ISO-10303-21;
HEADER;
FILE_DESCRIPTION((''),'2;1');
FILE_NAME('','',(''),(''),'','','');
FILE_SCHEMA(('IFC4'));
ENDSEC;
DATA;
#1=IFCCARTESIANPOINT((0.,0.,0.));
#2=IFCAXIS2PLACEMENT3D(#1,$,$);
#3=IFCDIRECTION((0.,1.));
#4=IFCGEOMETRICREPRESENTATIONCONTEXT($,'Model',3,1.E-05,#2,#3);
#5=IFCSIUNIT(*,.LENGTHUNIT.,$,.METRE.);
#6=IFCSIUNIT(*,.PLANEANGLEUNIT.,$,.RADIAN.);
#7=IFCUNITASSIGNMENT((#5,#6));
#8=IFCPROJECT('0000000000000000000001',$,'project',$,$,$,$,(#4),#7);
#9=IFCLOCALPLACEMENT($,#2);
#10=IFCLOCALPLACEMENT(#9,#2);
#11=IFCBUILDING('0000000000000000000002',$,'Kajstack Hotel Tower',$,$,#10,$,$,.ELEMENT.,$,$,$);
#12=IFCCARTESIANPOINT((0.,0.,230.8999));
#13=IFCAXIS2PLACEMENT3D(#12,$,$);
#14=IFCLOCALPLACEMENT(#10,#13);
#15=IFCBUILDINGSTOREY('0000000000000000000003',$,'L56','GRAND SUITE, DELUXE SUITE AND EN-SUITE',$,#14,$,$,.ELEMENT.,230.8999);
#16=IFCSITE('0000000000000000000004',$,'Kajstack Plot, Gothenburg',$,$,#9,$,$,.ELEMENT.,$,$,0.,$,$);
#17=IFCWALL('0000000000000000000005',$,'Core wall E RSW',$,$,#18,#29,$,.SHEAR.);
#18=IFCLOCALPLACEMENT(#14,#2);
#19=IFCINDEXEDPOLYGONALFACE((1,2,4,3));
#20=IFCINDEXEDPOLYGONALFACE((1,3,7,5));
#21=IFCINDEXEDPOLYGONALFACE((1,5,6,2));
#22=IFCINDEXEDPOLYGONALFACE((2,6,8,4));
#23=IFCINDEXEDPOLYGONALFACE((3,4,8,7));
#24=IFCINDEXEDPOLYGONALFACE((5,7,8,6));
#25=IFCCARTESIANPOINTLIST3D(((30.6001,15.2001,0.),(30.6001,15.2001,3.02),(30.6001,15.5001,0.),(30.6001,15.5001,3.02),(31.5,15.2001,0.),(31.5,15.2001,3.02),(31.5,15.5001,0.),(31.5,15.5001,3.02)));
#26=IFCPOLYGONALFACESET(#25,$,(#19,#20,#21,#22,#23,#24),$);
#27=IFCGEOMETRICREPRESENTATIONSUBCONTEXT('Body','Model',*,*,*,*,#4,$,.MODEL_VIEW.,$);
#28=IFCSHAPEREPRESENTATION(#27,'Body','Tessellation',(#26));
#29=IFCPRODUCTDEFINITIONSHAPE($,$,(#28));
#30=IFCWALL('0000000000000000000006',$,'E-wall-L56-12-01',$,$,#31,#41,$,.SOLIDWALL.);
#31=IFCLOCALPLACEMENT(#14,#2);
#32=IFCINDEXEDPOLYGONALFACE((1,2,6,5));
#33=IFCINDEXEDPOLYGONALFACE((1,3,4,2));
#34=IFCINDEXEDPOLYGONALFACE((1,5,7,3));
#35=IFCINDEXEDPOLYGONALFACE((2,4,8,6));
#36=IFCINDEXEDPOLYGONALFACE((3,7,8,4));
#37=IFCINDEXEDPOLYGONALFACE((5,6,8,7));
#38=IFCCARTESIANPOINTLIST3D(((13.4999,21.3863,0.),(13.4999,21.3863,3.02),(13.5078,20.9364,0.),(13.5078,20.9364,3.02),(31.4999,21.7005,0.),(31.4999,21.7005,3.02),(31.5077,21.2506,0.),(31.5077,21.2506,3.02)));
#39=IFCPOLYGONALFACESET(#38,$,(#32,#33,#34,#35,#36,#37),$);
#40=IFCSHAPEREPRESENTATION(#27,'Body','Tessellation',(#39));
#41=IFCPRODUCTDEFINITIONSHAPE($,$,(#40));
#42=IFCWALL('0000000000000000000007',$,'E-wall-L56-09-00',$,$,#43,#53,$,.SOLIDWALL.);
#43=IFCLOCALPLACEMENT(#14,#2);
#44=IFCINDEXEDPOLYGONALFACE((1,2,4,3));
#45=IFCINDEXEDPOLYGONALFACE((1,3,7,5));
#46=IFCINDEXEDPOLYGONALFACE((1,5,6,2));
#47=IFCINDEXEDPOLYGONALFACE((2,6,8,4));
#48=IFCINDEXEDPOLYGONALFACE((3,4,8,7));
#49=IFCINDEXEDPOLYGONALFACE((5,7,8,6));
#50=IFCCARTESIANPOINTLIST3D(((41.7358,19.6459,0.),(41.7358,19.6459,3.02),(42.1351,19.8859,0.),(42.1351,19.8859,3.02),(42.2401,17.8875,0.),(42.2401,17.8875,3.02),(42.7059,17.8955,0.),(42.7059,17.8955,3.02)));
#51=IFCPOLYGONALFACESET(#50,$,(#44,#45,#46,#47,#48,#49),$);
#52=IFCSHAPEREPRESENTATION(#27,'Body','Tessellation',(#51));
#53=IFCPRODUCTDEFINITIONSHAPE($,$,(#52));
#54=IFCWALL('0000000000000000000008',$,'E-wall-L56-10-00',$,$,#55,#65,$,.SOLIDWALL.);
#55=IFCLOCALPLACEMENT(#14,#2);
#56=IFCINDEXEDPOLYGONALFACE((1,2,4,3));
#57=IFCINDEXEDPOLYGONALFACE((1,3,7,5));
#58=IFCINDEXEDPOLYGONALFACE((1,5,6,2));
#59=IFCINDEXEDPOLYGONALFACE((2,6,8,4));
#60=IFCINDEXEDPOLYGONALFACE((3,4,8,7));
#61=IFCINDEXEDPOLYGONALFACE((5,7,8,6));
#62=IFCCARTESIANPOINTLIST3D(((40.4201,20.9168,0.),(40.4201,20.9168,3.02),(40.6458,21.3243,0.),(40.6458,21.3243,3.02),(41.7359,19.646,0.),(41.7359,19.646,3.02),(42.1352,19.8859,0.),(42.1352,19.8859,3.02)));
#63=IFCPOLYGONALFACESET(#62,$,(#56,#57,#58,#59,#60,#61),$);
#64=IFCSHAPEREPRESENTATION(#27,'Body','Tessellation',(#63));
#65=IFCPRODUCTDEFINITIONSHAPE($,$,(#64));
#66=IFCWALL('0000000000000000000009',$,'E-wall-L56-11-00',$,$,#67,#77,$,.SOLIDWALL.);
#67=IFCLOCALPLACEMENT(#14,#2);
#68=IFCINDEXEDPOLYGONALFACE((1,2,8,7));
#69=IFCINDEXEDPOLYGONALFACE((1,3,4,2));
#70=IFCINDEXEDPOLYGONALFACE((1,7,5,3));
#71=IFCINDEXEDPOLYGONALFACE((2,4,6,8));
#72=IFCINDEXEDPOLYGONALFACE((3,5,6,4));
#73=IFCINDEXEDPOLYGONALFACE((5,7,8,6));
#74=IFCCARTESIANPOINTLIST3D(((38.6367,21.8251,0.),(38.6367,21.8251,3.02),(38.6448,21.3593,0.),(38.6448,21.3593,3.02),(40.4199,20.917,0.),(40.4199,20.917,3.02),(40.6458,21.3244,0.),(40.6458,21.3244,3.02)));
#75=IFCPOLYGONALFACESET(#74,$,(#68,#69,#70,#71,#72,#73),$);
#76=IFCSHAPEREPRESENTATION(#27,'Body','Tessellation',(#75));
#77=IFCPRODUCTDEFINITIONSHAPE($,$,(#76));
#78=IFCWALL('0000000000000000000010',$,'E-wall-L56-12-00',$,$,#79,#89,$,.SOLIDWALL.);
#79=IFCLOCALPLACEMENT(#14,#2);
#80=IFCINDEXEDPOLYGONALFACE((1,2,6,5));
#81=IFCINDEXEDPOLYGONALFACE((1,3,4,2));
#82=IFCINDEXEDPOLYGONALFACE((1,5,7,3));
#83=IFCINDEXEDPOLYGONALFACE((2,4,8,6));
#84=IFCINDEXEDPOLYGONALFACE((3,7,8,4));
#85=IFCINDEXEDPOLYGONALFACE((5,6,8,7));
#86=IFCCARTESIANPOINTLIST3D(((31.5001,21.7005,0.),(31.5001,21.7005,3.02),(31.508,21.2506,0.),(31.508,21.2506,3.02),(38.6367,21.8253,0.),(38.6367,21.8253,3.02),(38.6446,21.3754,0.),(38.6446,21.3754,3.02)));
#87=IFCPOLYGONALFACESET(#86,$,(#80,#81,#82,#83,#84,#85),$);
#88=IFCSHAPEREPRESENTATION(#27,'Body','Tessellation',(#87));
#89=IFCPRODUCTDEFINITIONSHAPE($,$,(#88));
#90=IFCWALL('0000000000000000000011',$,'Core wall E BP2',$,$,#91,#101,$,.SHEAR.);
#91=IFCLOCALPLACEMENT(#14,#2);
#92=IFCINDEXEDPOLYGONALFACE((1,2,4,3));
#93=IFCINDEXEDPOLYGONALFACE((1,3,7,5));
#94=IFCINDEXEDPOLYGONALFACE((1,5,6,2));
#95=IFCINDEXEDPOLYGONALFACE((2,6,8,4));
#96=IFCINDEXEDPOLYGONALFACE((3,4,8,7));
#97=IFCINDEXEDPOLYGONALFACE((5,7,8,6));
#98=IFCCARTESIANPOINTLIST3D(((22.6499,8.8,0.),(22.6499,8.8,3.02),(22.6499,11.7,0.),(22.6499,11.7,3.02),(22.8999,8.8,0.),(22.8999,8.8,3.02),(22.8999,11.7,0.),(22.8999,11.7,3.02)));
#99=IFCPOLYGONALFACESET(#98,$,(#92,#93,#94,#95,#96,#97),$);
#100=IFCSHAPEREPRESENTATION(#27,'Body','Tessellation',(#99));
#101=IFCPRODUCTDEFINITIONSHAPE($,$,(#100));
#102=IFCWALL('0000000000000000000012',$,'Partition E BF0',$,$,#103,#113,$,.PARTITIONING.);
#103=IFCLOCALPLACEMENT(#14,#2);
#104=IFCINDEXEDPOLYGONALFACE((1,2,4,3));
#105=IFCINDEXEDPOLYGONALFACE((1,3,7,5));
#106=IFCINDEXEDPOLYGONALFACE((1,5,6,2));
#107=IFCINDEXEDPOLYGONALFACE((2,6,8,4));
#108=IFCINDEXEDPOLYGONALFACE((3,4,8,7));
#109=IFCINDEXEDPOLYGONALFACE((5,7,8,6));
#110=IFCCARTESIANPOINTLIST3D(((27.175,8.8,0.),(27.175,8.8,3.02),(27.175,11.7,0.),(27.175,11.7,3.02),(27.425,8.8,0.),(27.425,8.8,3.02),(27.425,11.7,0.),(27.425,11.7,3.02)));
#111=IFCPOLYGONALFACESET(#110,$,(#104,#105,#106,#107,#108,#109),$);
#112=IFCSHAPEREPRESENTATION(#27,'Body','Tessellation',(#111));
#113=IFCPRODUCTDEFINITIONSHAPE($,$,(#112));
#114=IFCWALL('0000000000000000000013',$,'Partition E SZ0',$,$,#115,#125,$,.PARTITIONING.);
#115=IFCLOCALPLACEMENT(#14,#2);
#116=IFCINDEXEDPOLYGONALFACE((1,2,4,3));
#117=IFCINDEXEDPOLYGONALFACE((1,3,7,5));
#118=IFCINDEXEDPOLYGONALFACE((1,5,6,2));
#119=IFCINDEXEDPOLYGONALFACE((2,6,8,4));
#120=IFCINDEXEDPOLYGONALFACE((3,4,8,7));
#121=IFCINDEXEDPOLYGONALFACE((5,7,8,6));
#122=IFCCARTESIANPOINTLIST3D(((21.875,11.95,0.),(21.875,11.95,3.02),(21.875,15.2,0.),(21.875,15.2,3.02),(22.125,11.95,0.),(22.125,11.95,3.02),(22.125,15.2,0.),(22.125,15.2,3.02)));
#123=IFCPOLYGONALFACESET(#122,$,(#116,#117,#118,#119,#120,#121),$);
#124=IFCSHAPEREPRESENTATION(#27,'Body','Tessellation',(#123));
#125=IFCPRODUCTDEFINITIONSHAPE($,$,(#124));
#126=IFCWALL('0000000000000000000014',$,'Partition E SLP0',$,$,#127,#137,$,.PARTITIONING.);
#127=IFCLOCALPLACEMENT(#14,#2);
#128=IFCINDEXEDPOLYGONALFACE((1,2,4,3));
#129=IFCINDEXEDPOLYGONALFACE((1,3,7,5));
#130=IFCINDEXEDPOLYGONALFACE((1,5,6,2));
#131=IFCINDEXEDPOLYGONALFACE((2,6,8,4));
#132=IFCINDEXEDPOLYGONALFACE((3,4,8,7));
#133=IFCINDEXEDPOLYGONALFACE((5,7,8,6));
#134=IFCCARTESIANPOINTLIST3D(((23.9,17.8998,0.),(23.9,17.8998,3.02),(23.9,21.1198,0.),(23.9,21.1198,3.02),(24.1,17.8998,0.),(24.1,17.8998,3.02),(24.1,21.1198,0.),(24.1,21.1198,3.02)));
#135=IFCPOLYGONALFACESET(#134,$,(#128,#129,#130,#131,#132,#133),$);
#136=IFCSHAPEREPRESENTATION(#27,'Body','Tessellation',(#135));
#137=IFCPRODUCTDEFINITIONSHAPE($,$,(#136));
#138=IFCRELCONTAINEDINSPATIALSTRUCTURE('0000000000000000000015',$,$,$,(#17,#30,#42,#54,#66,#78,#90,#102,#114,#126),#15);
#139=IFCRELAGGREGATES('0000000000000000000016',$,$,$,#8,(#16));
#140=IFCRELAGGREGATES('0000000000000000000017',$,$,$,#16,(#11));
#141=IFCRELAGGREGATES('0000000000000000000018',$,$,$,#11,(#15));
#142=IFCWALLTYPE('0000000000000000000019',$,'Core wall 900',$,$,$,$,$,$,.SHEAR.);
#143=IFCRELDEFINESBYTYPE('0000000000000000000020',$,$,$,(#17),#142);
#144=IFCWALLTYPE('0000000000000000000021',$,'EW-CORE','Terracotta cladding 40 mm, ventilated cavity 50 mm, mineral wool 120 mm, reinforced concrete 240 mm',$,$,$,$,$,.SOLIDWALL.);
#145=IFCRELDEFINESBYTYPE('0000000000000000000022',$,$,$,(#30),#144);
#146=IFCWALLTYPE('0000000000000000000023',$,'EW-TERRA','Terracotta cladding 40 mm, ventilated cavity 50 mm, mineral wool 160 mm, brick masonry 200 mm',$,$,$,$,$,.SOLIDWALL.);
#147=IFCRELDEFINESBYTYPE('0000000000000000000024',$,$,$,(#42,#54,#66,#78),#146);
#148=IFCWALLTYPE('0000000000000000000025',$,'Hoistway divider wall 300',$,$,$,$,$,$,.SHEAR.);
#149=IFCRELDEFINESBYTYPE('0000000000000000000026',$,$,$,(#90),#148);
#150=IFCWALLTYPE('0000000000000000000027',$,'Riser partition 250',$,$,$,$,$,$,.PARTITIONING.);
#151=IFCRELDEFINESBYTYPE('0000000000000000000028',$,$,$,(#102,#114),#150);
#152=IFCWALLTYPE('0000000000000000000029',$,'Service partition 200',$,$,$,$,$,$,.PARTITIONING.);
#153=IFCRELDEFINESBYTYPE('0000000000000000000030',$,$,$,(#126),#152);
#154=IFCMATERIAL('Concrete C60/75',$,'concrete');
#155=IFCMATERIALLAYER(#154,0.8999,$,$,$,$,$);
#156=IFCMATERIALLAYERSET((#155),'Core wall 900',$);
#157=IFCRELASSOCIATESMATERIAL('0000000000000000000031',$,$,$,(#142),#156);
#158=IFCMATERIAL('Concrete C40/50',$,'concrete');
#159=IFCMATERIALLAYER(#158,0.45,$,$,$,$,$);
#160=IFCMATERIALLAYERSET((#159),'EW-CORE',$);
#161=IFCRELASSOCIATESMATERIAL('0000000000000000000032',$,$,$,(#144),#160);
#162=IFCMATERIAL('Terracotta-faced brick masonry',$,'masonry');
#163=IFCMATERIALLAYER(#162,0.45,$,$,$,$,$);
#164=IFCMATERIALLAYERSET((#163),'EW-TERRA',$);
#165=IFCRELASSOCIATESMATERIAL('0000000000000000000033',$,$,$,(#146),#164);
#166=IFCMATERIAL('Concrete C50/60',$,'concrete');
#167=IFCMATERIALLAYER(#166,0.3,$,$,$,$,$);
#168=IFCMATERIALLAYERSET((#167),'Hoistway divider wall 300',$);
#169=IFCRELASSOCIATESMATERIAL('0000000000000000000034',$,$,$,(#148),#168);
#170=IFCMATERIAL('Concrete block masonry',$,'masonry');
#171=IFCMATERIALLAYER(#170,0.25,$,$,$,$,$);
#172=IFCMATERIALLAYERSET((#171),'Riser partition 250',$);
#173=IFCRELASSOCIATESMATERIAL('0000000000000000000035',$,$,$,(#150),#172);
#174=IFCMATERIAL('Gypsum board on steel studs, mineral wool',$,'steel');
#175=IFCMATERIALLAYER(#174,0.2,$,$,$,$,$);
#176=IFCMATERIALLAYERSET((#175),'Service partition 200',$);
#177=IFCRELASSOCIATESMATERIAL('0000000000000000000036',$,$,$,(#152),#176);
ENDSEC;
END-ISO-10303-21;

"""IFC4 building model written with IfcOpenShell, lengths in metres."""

from ifc_helpers import new_model, si_unit, direction, frame, frame_2d, origin, place, context, subcontext, project, spatial, polyline, rectangle, outline, extrude, material, layer, layer_set, type_object, element, save


model = new_model("IFC4")

# Units and contexts
model_context = context("Model", 3, precision=1e-05, world=origin(), true_north=direction((0.0, 1.0)))
body_context = subcontext(model_context, "Body", "Model", "MODEL_VIEW")
ifc_project = project(units=[si_unit("LENGTHUNIT", "METRE"), si_unit("PLANEANGLEUNIT", "RADIAN")], contexts=[model_context])

# Site, building, storey
site_placement = place(None, origin())
site = spatial("IfcSite", under=ifc_project, at=site_placement, Name="Kajstack Plot, Gothenburg", CompositionType="ELEMENT", RefElevation=0.0)
building_placement = place(site_placement, origin())
building = spatial("IfcBuilding", under=site, at=building_placement, Name="Kajstack Hotel Tower", CompositionType="ELEMENT")
storey_placement = place(building_placement, frame((0.0, 0.0, 230.8999)))
storey = spatial("IfcBuildingStorey", under=building, at=storey_placement, Name="L56", Description="GRAND SUITE, DELUXE SUITE AND EN-SUITE", CompositionType="ELEMENT", Elevation=230.8999)

# Walls
ifc_material_1 = material(Name="Concrete C60/75", Category="concrete")
ifc_layer_1 = layer(ifc_material_1, 0.8999)
ifc_layer_set_1 = layer_set([ifc_layer_1], Name="Core wall 900")
wall_type_1 = type_object("IfcWallType", Name="Core wall 900", PredefinedType="SHEAR", material=ifc_layer_set_1)
wall_1_placement = place(storey_placement, frame((30.6001, 15.3501, 0.0), z_axis=(0.0, 0.0, 1.0), x_axis=(1.0, 0.0, 0.0)))
element("IfcWall", 1, at=wall_1_placement, inside=storey, type_object=wall_type_1, Name="Core wall E RSW", PredefinedType="SHEAR", context=body_context, shape_type="SweptSolid", body=[
    extrude(rectangle(XDim=0.8999, YDim=0.3, at=frame_2d((0.45, 0.0))), origin(), (0.0, 0.0, 1.0), 3.02),
])
ifc_material_2 = material(Name="Concrete C40/50", Category="concrete")
ifc_layer_2 = layer(ifc_material_2, 0.45)
ifc_layer_set_2 = layer_set([ifc_layer_2], Name="EW-CORE")
wall_type_2 = type_object("IfcWallType", Name="EW-CORE", Description="Terracotta cladding 40 mm, ventilated cavity 50 mm, mineral wool 120 mm, reinforced concrete 240 mm", PredefinedType="SOLIDWALL", material=ifc_layer_set_2)
wall_2_placement = place(storey_placement, frame((31.5039, 21.4756, 0.0), z_axis=(0.0, 0.0, 1.0), x_axis=(-0.999848, -0.017453, 0.0)))
element("IfcWall", 2, at=wall_2_placement, inside=storey, type_object=wall_type_2, Name="E-wall-L56-12-01", PredefinedType="SOLIDWALL", context=body_context, shape_type="SweptSolid", body=[
    extrude(rectangle(XDim=18.0027, YDim=0.45, at=frame_2d((9.0015, 0.0))), origin(), (0.0, 0.0, 1.0), 3.02),
])
ifc_material_3 = material(Name="Terracotta-faced brick masonry", Category="masonry")
ifc_layer_3 = layer(ifc_material_3, 0.45)
ifc_layer_set_3 = layer_set([ifc_layer_3], Name="EW-TERRA")
wall_type_3 = type_object("IfcWallType", Name="EW-TERRA", Description="Terracotta cladding 40 mm, ventilated cavity 50 mm, mineral wool 160 mm, brick masonry 200 mm", PredefinedType="SOLIDWALL", material=ifc_layer_set_3)
wall_3_placement = place(storey_placement, frame((42.4895, 17.8335, 0.0), z_axis=(0.0, 0.0, 1.0), x_axis=(-0.275546, 0.961288, 0.0)))
element("IfcWall", 3, at=wall_3_placement, inside=storey, type_object=wall_type_3, Name="E-wall-L56-09-00", PredefinedType="SOLIDWALL", context=body_context, shape_type="SweptSolid", body=[
    extrude(outline(polyline([(0.0, -0.2251), (2.0706, -0.2249), (1.95, 0.2251), (0.1206, 0.2249), (0.0, -0.2251)])), origin(), (0.0, 0.0, 1.0), 3.02),
])
wall_4_placement = place(storey_placement, frame((41.979, 19.7241, 0.0), z_axis=(0.0, 0.0, 1.0), x_axis=(-0.719379, 0.694618, 0.0)))
element("IfcWall", 4, at=wall_4_placement, inside=storey, type_object=wall_type_3, Name="E-wall-L56-10-00", PredefinedType="SOLIDWALL", context=body_context, shape_type="SweptSolid", body=[
    extrude(outline(polyline([(0.0, -0.2249), (2.0706, -0.2251), (1.95, 0.2249), (0.1206, 0.2251), (0.0, -0.2249)])), origin(), (0.0, 0.0, 1.0), 3.02),
])
wall_5_placement = place(storey_placement, frame((40.5913, 21.106, 0.0), z_axis=(0.0, 0.0, 1.0), x_axis=(-0.970288, 0.241953, 0.0)))
element("IfcWall", 5, at=wall_5_placement, inside=storey, type_object=wall_type_3, Name="E-wall-L56-11-00", PredefinedType="SOLIDWALL", context=body_context, shape_type="SweptSolid", body=[
    extrude(outline(polyline([(0.0, -0.2251), (2.0706, -0.2249), (1.95, 0.2251), (0.1206, 0.2249), (0.0, -0.2251)])), origin(), (0.0, 0.0, 1.0), 3.02),
])
wall_6_placement = place(storey_placement, frame((38.6406, 21.6003, 0.0), z_axis=(0.0, 0.0, 1.0), x_axis=(-0.999847, -0.017478, 0.0)))
element("IfcWall", 6, at=wall_6_placement, inside=storey, type_object=wall_type_3, Name="E-wall-L56-12-00", PredefinedType="SOLIDWALL", context=body_context, shape_type="SweptSolid", body=[
    extrude(rectangle(XDim=7.1377, YDim=0.45, at=frame_2d((3.5688, 0.0))), origin(), (0.0, 0.0, 1.0), 3.02),
])
ifc_material_4 = material(Name="Concrete C50/60", Category="concrete")
ifc_layer_4 = layer(ifc_material_4, 0.3)
ifc_layer_set_4 = layer_set([ifc_layer_4], Name="Hoistway divider wall 300")
wall_type_4 = type_object("IfcWallType", Name="Hoistway divider wall 300", PredefinedType="SHEAR", material=ifc_layer_set_4)
wall_7_placement = place(storey_placement, frame((22.7749, 8.8, 0.0), z_axis=(0.0, 0.0, 1.0), x_axis=(0.0, 1.0, 0.0)))
element("IfcWall", 7, at=wall_7_placement, inside=storey, type_object=wall_type_4, Name="Core wall E BP2", PredefinedType="SHEAR", context=body_context, shape_type="SweptSolid", body=[
    extrude(rectangle(XDim=2.8999, YDim=0.25, at=frame_2d((1.45, 0.0))), origin(), (0.0, 0.0, 1.0), 3.02),
])
ifc_material_5 = material(Name="Concrete block masonry", Category="masonry")
ifc_layer_5 = layer(ifc_material_5, 0.25)
ifc_layer_set_5 = layer_set([ifc_layer_5], Name="Riser partition 250")
wall_type_5 = type_object("IfcWallType", Name="Riser partition 250", PredefinedType="PARTITIONING", material=ifc_layer_set_5)
wall_8_placement = place(storey_placement, frame((27.3, 8.8, 0.0), z_axis=(0.0, 0.0, 1.0), x_axis=(0.0, 1.0, 0.0)))
element("IfcWall", 8, at=wall_8_placement, inside=storey, type_object=wall_type_5, Name="Partition E BF0", PredefinedType="PARTITIONING", context=body_context, shape_type="SweptSolid", body=[
    extrude(rectangle(XDim=2.8999, YDim=0.25, at=frame_2d((1.45, 0.0))), origin(), (0.0, 0.0, 1.0), 3.02),
])
wall_9_placement = place(storey_placement, frame((22.0, 11.95, 0.0), z_axis=(0.0, 0.0, 1.0), x_axis=(0.0, 1.0, 0.0)))
element("IfcWall", 9, at=wall_9_placement, inside=storey, type_object=wall_type_5, Name="Partition E SZ0", PredefinedType="PARTITIONING", context=body_context, shape_type="SweptSolid", body=[
    extrude(rectangle(XDim=3.25, YDim=0.25, at=frame_2d((1.625, 0.0))), origin(), (0.0, 0.0, 1.0), 3.02),
])
ifc_material_6 = material(Name="Gypsum board on steel studs, mineral wool", Category="steel")
ifc_layer_6 = layer(ifc_material_6, 0.2)
ifc_layer_set_6 = layer_set([ifc_layer_6], Name="Service partition 200")
wall_type_6 = type_object("IfcWallType", Name="Service partition 200", PredefinedType="PARTITIONING", material=ifc_layer_set_6)
wall_10_placement = place(storey_placement, frame((24.0, 17.8999, 0.0), z_axis=(0.0, 0.0, 1.0), x_axis=(0.0, 1.0, 0.0)))
element("IfcWall", 10, at=wall_10_placement, inside=storey, type_object=wall_type_6, Name="Partition E SLP0", PredefinedType="PARTITIONING", context=body_context, shape_type="SweptSolid", body=[
    extrude(rectangle(XDim=3.22, YDim=0.2, at=frame_2d((1.6099, 0.0))), origin(), (0.0, 0.0, 1.0), 3.02),
])

save(model, "model.ifc")
